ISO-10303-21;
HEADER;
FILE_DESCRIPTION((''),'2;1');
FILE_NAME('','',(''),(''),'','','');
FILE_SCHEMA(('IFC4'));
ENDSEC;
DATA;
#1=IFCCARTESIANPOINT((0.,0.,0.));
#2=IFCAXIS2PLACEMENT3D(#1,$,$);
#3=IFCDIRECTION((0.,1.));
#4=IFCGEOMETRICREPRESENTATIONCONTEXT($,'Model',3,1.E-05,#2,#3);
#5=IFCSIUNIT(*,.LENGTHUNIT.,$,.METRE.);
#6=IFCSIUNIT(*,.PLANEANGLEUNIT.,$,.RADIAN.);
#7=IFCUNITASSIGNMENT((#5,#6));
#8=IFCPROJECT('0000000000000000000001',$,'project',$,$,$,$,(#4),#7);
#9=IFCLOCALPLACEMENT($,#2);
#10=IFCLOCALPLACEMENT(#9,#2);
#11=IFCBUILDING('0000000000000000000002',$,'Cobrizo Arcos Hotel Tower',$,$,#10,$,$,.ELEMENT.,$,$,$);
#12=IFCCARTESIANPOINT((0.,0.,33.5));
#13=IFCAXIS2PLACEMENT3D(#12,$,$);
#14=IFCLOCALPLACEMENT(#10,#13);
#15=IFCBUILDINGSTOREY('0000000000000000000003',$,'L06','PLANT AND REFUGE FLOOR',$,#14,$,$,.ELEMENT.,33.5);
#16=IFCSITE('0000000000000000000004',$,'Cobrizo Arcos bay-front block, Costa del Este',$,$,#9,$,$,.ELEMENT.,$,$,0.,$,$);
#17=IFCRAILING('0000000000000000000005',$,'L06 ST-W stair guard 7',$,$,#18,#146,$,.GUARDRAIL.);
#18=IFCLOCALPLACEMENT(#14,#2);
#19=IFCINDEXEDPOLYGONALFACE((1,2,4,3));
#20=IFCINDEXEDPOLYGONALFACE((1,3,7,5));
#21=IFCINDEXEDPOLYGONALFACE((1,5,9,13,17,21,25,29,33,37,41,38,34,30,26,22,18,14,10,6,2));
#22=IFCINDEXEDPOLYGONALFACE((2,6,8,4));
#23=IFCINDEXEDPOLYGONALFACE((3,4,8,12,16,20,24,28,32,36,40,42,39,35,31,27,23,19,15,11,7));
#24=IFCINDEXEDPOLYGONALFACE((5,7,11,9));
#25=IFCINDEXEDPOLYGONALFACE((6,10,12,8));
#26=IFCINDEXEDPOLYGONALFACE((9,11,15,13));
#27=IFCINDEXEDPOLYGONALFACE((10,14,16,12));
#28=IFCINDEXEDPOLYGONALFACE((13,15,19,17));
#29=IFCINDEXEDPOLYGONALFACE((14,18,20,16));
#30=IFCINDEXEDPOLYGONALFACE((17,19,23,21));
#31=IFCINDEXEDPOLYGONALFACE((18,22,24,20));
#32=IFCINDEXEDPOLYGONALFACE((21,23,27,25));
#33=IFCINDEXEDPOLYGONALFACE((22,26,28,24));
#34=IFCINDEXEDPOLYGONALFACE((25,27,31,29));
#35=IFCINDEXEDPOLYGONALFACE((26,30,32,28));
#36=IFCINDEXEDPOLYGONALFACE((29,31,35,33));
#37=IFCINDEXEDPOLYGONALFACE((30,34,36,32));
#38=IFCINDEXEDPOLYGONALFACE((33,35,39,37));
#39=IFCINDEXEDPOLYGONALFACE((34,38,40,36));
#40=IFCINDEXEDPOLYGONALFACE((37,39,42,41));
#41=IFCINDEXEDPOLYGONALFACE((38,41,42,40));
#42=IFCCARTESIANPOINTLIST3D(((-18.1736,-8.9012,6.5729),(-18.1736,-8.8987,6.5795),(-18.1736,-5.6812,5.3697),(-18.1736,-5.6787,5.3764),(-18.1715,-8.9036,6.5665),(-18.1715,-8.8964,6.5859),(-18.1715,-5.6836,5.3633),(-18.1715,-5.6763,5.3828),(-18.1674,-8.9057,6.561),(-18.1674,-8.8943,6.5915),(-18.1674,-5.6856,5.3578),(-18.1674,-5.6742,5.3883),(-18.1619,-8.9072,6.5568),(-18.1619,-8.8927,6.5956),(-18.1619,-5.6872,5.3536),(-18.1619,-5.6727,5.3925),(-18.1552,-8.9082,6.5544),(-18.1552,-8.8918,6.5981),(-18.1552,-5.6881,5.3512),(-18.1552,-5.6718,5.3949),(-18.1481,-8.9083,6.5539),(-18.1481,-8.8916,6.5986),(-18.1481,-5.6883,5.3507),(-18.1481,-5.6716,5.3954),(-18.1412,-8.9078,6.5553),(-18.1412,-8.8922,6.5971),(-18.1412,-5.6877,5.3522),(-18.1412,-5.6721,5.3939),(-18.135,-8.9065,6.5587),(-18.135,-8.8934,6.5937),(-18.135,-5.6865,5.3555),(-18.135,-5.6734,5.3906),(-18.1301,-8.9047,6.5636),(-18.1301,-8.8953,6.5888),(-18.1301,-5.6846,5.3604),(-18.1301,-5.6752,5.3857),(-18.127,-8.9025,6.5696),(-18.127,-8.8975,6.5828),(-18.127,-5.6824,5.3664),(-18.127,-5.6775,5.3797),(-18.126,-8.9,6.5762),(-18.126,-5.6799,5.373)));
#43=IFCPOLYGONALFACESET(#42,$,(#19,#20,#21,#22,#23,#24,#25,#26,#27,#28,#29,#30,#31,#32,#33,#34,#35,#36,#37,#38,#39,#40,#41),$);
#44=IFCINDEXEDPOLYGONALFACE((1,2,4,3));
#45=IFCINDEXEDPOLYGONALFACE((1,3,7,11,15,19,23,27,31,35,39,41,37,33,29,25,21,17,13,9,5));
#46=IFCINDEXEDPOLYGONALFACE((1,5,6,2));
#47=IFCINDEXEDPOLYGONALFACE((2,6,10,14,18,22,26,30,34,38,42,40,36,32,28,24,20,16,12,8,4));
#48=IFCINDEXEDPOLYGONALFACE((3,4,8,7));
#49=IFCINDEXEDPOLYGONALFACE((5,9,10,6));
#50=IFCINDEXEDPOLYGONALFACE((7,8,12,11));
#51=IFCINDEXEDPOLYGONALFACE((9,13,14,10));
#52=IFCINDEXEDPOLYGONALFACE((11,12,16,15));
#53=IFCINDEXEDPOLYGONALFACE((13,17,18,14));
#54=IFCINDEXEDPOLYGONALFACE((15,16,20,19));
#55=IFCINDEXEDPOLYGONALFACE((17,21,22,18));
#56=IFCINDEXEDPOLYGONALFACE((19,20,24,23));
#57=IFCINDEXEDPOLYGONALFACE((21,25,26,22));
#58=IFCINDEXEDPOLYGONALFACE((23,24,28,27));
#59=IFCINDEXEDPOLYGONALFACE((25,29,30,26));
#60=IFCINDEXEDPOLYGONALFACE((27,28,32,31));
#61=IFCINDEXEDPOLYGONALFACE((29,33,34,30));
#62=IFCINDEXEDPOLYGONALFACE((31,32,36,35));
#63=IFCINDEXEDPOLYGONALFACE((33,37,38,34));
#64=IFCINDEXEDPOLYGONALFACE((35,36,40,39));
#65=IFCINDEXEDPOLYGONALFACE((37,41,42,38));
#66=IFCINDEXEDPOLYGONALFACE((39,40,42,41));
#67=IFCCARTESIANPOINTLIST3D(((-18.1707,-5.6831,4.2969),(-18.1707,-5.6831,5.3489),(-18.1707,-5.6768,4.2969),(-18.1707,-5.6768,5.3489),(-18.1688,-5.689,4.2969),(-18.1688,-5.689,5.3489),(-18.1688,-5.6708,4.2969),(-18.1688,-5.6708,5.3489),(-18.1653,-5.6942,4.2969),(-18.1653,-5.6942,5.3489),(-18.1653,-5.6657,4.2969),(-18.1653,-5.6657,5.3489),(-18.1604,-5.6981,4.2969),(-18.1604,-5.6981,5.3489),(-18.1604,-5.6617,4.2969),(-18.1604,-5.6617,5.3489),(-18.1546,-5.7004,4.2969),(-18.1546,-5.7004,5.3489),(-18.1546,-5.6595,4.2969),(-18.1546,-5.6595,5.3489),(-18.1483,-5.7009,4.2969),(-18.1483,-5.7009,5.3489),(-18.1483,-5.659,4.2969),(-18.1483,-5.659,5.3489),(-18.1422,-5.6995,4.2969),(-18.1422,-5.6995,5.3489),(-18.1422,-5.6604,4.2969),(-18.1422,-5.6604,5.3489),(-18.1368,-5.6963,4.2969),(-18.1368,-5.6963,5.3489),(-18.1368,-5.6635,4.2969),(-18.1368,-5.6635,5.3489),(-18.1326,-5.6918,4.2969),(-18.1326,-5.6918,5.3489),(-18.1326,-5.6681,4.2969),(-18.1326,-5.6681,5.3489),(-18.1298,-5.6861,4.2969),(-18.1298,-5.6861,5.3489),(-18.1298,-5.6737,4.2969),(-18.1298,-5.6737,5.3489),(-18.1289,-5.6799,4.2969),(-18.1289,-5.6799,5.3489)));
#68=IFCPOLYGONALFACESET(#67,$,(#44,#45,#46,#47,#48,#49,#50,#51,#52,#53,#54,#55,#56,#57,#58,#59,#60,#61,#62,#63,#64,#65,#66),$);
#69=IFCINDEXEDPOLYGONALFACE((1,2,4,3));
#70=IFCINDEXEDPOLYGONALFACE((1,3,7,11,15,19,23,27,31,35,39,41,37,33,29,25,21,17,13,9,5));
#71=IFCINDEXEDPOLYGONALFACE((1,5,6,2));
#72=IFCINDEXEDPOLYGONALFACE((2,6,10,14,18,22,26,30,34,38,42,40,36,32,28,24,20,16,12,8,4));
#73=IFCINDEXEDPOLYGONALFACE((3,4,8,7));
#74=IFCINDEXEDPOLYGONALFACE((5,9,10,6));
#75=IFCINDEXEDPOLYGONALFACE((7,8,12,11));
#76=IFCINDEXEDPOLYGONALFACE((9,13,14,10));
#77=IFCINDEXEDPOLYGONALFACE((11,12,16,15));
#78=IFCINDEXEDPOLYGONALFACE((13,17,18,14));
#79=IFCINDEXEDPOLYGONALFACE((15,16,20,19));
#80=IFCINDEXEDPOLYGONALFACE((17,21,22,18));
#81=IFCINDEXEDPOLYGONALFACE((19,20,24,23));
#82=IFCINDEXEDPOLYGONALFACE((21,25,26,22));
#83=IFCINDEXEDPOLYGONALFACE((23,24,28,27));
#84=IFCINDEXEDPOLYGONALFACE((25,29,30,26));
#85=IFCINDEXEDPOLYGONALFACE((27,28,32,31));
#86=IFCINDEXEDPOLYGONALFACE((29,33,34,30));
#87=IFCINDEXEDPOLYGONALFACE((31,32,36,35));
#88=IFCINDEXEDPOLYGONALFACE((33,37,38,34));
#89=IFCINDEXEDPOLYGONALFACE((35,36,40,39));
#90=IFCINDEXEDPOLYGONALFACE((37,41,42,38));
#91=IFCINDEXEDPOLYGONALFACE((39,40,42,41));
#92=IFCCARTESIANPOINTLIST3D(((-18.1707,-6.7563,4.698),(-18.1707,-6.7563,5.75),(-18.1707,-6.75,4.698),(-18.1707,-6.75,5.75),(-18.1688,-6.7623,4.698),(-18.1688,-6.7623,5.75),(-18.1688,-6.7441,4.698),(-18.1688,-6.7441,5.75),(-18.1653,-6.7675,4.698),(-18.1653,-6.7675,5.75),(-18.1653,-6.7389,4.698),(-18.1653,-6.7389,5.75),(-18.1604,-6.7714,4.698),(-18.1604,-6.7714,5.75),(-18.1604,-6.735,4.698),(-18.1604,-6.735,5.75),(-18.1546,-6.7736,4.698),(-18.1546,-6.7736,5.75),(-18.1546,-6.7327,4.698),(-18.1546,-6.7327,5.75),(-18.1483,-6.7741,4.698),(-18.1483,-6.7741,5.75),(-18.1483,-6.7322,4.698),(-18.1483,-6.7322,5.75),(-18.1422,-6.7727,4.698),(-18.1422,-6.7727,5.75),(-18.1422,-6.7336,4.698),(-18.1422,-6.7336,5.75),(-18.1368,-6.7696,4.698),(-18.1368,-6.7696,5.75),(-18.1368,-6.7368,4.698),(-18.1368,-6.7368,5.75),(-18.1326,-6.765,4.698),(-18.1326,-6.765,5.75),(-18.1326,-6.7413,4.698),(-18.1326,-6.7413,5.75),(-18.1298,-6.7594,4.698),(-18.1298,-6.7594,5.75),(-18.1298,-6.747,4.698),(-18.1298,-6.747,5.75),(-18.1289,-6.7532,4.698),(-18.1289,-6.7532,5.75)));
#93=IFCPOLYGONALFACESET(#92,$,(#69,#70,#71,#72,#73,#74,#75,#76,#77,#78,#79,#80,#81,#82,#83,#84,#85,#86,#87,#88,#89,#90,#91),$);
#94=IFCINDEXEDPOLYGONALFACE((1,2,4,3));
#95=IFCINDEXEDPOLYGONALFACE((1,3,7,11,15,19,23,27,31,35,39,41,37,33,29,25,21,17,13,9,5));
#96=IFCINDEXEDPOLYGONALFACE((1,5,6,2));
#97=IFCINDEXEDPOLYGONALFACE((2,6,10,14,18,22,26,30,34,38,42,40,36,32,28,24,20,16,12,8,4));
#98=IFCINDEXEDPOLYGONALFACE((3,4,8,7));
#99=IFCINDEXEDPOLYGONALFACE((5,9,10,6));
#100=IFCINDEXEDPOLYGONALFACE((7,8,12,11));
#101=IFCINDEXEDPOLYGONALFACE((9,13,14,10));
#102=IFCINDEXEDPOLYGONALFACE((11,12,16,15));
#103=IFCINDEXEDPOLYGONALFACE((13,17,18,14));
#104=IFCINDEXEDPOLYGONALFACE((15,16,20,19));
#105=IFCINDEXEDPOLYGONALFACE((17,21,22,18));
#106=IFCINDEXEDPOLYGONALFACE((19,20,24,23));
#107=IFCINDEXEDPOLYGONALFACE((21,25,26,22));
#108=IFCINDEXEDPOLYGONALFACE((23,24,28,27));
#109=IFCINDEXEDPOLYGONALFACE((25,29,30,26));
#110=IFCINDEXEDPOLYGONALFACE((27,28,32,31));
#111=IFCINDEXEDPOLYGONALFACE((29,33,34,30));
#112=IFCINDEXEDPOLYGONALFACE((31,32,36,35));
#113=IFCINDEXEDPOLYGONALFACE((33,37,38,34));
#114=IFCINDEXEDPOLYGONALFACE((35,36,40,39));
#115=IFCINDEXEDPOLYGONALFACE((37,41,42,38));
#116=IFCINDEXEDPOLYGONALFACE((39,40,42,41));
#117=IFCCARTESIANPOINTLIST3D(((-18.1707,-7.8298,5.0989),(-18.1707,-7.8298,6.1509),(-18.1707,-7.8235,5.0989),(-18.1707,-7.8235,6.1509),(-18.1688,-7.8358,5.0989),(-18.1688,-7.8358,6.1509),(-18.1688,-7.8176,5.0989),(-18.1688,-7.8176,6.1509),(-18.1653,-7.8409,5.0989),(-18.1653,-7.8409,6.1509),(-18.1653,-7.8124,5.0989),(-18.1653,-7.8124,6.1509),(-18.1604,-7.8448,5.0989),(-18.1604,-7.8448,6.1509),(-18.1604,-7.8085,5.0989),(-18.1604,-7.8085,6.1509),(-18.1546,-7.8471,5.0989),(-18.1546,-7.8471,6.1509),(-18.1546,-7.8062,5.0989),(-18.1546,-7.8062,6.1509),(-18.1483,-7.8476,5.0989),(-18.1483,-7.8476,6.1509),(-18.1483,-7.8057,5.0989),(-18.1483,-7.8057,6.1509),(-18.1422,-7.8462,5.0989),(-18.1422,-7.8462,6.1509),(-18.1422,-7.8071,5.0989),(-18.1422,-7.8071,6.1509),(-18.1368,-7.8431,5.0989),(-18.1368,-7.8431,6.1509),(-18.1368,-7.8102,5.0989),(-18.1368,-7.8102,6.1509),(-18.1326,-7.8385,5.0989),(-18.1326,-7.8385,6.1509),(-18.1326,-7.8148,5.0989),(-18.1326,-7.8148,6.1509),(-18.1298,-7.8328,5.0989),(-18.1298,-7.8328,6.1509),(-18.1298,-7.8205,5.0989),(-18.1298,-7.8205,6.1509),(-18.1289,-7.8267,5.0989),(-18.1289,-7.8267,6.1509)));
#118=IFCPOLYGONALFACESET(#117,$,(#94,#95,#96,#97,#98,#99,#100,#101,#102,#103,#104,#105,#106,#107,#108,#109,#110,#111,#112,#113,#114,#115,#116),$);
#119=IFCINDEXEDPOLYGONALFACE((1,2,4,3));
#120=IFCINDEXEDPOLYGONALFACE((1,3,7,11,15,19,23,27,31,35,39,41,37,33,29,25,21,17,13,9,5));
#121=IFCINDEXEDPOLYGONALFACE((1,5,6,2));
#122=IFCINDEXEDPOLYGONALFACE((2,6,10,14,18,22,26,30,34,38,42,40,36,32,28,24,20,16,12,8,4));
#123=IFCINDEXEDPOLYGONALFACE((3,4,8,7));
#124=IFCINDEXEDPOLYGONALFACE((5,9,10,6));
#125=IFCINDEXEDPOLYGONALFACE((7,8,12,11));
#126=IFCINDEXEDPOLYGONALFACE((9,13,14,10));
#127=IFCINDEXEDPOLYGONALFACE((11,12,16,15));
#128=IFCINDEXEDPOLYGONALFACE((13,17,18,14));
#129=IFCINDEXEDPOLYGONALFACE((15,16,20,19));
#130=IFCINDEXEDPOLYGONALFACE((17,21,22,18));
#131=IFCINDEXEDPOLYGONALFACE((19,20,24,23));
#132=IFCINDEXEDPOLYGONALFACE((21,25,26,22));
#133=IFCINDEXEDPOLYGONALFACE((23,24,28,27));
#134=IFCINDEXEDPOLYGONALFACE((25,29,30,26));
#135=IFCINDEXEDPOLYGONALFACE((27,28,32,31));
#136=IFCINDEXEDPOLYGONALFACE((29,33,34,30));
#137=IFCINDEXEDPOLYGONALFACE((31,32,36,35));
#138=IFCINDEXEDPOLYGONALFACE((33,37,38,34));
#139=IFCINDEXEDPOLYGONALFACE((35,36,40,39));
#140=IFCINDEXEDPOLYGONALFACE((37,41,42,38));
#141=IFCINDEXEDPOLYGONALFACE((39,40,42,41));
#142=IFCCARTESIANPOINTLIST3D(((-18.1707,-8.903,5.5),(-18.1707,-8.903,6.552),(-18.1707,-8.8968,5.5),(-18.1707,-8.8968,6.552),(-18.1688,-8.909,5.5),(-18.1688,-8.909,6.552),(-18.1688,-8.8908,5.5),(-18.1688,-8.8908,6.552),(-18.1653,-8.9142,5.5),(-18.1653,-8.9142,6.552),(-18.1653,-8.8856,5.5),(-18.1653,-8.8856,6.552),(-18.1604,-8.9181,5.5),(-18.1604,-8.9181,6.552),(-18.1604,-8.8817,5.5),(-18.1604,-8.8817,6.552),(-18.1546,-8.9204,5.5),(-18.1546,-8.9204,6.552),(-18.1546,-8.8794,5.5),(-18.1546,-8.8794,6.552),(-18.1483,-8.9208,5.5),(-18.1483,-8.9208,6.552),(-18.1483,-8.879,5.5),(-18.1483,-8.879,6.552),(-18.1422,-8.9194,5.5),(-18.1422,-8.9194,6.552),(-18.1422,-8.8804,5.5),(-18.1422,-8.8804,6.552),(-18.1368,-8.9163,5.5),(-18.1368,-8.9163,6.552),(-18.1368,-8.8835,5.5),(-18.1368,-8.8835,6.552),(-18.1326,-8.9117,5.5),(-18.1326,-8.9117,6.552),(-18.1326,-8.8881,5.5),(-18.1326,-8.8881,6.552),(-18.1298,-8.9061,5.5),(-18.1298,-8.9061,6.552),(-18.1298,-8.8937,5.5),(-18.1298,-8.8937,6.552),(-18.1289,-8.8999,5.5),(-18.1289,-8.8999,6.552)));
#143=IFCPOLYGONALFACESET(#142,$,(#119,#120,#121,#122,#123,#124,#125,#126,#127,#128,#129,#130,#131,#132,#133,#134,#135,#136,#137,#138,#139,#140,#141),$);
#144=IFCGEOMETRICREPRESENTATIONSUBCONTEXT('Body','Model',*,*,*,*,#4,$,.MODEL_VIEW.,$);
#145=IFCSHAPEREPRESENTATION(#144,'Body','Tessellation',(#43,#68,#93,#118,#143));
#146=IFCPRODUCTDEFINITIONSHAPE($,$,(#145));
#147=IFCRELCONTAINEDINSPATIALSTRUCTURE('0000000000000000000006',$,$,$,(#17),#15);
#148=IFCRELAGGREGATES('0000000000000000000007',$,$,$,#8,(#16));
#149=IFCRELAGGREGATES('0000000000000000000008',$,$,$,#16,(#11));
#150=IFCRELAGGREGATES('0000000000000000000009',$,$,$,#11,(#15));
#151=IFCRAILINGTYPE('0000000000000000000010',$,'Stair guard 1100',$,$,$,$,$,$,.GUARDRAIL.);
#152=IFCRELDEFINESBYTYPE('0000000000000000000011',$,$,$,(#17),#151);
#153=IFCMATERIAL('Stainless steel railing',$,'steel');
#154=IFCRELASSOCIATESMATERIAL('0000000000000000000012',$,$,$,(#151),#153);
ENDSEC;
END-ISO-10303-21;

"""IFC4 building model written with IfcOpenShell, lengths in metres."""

from ifc_helpers import new_model, si_unit, direction, frame, origin, origin_2d, place, context, subcontext, project, spatial, circle, extrude, material, type_object, element, save


model = new_model("IFC4")

# Units and contexts
model_context = context("Model", 3, precision=1e-05, world=origin(), true_north=direction((0.0, 1.0)))
body_context = subcontext(model_context, "Body", "Model", "MODEL_VIEW")
ifc_project = project(units=[si_unit("LENGTHUNIT", "METRE"), si_unit("PLANEANGLEUNIT", "RADIAN")], contexts=[model_context])

# Site, building, storey
site_placement = place(None, origin())
site = spatial("IfcSite", under=ifc_project, at=site_placement, Name="Cobrizo Arcos bay-front block, Costa del Este", CompositionType="ELEMENT", RefElevation=0.0)
building_placement = place(site_placement, origin())
building = spatial("IfcBuilding", under=site, at=building_placement, Name="Cobrizo Arcos Hotel Tower", CompositionType="ELEMENT")
storey_placement = place(building_placement, frame((0.0, 0.0, 33.5)))
storey = spatial("IfcBuildingStorey", under=building, at=storey_placement, Name="L06", Description="PLANT AND REFUGE FLOOR", CompositionType="ELEMENT", Elevation=33.5)

# Railing
ifc_material_1 = material(Name="Stainless steel railing", Category="steel")
railing_type_1 = type_object("IfcRailingType", Name="Stair guard 1100", PredefinedType="GUARDRAIL", material=ifc_material_1)
railing_1_placement = place(storey_placement, frame((-18.1499, -5.6799, 4.2969)))
element("IfcRailing", 1, at=railing_1_placement, inside=storey, type_object=railing_type_1, Name="L06 ST-W stair guard 7", PredefinedType="GUARDRAIL", context=body_context, shape_type="SweptSolid", body=[
    extrude(circle(Radius=0.0239, at=origin_2d()), frame((0.0, 0.0, 1.0762), z_axis=(0.0, -0.936746, 0.35001), x_axis=(1.0, 0.0, 0.0)), (0.0, 0.0, 1.0), 3.4375),
    extrude(circle(Radius=0.021, at=origin_2d()), origin(), (0.0, 0.0, 1.0), 1.052),
    extrude(circle(Radius=0.021, at=origin_2d()), frame((0.0, -1.0732, 0.4011)), (0.0, 0.0, 1.0), 1.052),
    extrude(circle(Radius=0.021, at=origin_2d()), frame((0.0, -2.1467, 0.802)), (0.0, 0.0, 1.0), 1.052),
    extrude(circle(Radius=0.021, at=origin_2d()), frame((0.0, -3.22, 1.2031)), (0.0, 0.0, 1.0), 1.052),
])

save(model, "model.ifc")
